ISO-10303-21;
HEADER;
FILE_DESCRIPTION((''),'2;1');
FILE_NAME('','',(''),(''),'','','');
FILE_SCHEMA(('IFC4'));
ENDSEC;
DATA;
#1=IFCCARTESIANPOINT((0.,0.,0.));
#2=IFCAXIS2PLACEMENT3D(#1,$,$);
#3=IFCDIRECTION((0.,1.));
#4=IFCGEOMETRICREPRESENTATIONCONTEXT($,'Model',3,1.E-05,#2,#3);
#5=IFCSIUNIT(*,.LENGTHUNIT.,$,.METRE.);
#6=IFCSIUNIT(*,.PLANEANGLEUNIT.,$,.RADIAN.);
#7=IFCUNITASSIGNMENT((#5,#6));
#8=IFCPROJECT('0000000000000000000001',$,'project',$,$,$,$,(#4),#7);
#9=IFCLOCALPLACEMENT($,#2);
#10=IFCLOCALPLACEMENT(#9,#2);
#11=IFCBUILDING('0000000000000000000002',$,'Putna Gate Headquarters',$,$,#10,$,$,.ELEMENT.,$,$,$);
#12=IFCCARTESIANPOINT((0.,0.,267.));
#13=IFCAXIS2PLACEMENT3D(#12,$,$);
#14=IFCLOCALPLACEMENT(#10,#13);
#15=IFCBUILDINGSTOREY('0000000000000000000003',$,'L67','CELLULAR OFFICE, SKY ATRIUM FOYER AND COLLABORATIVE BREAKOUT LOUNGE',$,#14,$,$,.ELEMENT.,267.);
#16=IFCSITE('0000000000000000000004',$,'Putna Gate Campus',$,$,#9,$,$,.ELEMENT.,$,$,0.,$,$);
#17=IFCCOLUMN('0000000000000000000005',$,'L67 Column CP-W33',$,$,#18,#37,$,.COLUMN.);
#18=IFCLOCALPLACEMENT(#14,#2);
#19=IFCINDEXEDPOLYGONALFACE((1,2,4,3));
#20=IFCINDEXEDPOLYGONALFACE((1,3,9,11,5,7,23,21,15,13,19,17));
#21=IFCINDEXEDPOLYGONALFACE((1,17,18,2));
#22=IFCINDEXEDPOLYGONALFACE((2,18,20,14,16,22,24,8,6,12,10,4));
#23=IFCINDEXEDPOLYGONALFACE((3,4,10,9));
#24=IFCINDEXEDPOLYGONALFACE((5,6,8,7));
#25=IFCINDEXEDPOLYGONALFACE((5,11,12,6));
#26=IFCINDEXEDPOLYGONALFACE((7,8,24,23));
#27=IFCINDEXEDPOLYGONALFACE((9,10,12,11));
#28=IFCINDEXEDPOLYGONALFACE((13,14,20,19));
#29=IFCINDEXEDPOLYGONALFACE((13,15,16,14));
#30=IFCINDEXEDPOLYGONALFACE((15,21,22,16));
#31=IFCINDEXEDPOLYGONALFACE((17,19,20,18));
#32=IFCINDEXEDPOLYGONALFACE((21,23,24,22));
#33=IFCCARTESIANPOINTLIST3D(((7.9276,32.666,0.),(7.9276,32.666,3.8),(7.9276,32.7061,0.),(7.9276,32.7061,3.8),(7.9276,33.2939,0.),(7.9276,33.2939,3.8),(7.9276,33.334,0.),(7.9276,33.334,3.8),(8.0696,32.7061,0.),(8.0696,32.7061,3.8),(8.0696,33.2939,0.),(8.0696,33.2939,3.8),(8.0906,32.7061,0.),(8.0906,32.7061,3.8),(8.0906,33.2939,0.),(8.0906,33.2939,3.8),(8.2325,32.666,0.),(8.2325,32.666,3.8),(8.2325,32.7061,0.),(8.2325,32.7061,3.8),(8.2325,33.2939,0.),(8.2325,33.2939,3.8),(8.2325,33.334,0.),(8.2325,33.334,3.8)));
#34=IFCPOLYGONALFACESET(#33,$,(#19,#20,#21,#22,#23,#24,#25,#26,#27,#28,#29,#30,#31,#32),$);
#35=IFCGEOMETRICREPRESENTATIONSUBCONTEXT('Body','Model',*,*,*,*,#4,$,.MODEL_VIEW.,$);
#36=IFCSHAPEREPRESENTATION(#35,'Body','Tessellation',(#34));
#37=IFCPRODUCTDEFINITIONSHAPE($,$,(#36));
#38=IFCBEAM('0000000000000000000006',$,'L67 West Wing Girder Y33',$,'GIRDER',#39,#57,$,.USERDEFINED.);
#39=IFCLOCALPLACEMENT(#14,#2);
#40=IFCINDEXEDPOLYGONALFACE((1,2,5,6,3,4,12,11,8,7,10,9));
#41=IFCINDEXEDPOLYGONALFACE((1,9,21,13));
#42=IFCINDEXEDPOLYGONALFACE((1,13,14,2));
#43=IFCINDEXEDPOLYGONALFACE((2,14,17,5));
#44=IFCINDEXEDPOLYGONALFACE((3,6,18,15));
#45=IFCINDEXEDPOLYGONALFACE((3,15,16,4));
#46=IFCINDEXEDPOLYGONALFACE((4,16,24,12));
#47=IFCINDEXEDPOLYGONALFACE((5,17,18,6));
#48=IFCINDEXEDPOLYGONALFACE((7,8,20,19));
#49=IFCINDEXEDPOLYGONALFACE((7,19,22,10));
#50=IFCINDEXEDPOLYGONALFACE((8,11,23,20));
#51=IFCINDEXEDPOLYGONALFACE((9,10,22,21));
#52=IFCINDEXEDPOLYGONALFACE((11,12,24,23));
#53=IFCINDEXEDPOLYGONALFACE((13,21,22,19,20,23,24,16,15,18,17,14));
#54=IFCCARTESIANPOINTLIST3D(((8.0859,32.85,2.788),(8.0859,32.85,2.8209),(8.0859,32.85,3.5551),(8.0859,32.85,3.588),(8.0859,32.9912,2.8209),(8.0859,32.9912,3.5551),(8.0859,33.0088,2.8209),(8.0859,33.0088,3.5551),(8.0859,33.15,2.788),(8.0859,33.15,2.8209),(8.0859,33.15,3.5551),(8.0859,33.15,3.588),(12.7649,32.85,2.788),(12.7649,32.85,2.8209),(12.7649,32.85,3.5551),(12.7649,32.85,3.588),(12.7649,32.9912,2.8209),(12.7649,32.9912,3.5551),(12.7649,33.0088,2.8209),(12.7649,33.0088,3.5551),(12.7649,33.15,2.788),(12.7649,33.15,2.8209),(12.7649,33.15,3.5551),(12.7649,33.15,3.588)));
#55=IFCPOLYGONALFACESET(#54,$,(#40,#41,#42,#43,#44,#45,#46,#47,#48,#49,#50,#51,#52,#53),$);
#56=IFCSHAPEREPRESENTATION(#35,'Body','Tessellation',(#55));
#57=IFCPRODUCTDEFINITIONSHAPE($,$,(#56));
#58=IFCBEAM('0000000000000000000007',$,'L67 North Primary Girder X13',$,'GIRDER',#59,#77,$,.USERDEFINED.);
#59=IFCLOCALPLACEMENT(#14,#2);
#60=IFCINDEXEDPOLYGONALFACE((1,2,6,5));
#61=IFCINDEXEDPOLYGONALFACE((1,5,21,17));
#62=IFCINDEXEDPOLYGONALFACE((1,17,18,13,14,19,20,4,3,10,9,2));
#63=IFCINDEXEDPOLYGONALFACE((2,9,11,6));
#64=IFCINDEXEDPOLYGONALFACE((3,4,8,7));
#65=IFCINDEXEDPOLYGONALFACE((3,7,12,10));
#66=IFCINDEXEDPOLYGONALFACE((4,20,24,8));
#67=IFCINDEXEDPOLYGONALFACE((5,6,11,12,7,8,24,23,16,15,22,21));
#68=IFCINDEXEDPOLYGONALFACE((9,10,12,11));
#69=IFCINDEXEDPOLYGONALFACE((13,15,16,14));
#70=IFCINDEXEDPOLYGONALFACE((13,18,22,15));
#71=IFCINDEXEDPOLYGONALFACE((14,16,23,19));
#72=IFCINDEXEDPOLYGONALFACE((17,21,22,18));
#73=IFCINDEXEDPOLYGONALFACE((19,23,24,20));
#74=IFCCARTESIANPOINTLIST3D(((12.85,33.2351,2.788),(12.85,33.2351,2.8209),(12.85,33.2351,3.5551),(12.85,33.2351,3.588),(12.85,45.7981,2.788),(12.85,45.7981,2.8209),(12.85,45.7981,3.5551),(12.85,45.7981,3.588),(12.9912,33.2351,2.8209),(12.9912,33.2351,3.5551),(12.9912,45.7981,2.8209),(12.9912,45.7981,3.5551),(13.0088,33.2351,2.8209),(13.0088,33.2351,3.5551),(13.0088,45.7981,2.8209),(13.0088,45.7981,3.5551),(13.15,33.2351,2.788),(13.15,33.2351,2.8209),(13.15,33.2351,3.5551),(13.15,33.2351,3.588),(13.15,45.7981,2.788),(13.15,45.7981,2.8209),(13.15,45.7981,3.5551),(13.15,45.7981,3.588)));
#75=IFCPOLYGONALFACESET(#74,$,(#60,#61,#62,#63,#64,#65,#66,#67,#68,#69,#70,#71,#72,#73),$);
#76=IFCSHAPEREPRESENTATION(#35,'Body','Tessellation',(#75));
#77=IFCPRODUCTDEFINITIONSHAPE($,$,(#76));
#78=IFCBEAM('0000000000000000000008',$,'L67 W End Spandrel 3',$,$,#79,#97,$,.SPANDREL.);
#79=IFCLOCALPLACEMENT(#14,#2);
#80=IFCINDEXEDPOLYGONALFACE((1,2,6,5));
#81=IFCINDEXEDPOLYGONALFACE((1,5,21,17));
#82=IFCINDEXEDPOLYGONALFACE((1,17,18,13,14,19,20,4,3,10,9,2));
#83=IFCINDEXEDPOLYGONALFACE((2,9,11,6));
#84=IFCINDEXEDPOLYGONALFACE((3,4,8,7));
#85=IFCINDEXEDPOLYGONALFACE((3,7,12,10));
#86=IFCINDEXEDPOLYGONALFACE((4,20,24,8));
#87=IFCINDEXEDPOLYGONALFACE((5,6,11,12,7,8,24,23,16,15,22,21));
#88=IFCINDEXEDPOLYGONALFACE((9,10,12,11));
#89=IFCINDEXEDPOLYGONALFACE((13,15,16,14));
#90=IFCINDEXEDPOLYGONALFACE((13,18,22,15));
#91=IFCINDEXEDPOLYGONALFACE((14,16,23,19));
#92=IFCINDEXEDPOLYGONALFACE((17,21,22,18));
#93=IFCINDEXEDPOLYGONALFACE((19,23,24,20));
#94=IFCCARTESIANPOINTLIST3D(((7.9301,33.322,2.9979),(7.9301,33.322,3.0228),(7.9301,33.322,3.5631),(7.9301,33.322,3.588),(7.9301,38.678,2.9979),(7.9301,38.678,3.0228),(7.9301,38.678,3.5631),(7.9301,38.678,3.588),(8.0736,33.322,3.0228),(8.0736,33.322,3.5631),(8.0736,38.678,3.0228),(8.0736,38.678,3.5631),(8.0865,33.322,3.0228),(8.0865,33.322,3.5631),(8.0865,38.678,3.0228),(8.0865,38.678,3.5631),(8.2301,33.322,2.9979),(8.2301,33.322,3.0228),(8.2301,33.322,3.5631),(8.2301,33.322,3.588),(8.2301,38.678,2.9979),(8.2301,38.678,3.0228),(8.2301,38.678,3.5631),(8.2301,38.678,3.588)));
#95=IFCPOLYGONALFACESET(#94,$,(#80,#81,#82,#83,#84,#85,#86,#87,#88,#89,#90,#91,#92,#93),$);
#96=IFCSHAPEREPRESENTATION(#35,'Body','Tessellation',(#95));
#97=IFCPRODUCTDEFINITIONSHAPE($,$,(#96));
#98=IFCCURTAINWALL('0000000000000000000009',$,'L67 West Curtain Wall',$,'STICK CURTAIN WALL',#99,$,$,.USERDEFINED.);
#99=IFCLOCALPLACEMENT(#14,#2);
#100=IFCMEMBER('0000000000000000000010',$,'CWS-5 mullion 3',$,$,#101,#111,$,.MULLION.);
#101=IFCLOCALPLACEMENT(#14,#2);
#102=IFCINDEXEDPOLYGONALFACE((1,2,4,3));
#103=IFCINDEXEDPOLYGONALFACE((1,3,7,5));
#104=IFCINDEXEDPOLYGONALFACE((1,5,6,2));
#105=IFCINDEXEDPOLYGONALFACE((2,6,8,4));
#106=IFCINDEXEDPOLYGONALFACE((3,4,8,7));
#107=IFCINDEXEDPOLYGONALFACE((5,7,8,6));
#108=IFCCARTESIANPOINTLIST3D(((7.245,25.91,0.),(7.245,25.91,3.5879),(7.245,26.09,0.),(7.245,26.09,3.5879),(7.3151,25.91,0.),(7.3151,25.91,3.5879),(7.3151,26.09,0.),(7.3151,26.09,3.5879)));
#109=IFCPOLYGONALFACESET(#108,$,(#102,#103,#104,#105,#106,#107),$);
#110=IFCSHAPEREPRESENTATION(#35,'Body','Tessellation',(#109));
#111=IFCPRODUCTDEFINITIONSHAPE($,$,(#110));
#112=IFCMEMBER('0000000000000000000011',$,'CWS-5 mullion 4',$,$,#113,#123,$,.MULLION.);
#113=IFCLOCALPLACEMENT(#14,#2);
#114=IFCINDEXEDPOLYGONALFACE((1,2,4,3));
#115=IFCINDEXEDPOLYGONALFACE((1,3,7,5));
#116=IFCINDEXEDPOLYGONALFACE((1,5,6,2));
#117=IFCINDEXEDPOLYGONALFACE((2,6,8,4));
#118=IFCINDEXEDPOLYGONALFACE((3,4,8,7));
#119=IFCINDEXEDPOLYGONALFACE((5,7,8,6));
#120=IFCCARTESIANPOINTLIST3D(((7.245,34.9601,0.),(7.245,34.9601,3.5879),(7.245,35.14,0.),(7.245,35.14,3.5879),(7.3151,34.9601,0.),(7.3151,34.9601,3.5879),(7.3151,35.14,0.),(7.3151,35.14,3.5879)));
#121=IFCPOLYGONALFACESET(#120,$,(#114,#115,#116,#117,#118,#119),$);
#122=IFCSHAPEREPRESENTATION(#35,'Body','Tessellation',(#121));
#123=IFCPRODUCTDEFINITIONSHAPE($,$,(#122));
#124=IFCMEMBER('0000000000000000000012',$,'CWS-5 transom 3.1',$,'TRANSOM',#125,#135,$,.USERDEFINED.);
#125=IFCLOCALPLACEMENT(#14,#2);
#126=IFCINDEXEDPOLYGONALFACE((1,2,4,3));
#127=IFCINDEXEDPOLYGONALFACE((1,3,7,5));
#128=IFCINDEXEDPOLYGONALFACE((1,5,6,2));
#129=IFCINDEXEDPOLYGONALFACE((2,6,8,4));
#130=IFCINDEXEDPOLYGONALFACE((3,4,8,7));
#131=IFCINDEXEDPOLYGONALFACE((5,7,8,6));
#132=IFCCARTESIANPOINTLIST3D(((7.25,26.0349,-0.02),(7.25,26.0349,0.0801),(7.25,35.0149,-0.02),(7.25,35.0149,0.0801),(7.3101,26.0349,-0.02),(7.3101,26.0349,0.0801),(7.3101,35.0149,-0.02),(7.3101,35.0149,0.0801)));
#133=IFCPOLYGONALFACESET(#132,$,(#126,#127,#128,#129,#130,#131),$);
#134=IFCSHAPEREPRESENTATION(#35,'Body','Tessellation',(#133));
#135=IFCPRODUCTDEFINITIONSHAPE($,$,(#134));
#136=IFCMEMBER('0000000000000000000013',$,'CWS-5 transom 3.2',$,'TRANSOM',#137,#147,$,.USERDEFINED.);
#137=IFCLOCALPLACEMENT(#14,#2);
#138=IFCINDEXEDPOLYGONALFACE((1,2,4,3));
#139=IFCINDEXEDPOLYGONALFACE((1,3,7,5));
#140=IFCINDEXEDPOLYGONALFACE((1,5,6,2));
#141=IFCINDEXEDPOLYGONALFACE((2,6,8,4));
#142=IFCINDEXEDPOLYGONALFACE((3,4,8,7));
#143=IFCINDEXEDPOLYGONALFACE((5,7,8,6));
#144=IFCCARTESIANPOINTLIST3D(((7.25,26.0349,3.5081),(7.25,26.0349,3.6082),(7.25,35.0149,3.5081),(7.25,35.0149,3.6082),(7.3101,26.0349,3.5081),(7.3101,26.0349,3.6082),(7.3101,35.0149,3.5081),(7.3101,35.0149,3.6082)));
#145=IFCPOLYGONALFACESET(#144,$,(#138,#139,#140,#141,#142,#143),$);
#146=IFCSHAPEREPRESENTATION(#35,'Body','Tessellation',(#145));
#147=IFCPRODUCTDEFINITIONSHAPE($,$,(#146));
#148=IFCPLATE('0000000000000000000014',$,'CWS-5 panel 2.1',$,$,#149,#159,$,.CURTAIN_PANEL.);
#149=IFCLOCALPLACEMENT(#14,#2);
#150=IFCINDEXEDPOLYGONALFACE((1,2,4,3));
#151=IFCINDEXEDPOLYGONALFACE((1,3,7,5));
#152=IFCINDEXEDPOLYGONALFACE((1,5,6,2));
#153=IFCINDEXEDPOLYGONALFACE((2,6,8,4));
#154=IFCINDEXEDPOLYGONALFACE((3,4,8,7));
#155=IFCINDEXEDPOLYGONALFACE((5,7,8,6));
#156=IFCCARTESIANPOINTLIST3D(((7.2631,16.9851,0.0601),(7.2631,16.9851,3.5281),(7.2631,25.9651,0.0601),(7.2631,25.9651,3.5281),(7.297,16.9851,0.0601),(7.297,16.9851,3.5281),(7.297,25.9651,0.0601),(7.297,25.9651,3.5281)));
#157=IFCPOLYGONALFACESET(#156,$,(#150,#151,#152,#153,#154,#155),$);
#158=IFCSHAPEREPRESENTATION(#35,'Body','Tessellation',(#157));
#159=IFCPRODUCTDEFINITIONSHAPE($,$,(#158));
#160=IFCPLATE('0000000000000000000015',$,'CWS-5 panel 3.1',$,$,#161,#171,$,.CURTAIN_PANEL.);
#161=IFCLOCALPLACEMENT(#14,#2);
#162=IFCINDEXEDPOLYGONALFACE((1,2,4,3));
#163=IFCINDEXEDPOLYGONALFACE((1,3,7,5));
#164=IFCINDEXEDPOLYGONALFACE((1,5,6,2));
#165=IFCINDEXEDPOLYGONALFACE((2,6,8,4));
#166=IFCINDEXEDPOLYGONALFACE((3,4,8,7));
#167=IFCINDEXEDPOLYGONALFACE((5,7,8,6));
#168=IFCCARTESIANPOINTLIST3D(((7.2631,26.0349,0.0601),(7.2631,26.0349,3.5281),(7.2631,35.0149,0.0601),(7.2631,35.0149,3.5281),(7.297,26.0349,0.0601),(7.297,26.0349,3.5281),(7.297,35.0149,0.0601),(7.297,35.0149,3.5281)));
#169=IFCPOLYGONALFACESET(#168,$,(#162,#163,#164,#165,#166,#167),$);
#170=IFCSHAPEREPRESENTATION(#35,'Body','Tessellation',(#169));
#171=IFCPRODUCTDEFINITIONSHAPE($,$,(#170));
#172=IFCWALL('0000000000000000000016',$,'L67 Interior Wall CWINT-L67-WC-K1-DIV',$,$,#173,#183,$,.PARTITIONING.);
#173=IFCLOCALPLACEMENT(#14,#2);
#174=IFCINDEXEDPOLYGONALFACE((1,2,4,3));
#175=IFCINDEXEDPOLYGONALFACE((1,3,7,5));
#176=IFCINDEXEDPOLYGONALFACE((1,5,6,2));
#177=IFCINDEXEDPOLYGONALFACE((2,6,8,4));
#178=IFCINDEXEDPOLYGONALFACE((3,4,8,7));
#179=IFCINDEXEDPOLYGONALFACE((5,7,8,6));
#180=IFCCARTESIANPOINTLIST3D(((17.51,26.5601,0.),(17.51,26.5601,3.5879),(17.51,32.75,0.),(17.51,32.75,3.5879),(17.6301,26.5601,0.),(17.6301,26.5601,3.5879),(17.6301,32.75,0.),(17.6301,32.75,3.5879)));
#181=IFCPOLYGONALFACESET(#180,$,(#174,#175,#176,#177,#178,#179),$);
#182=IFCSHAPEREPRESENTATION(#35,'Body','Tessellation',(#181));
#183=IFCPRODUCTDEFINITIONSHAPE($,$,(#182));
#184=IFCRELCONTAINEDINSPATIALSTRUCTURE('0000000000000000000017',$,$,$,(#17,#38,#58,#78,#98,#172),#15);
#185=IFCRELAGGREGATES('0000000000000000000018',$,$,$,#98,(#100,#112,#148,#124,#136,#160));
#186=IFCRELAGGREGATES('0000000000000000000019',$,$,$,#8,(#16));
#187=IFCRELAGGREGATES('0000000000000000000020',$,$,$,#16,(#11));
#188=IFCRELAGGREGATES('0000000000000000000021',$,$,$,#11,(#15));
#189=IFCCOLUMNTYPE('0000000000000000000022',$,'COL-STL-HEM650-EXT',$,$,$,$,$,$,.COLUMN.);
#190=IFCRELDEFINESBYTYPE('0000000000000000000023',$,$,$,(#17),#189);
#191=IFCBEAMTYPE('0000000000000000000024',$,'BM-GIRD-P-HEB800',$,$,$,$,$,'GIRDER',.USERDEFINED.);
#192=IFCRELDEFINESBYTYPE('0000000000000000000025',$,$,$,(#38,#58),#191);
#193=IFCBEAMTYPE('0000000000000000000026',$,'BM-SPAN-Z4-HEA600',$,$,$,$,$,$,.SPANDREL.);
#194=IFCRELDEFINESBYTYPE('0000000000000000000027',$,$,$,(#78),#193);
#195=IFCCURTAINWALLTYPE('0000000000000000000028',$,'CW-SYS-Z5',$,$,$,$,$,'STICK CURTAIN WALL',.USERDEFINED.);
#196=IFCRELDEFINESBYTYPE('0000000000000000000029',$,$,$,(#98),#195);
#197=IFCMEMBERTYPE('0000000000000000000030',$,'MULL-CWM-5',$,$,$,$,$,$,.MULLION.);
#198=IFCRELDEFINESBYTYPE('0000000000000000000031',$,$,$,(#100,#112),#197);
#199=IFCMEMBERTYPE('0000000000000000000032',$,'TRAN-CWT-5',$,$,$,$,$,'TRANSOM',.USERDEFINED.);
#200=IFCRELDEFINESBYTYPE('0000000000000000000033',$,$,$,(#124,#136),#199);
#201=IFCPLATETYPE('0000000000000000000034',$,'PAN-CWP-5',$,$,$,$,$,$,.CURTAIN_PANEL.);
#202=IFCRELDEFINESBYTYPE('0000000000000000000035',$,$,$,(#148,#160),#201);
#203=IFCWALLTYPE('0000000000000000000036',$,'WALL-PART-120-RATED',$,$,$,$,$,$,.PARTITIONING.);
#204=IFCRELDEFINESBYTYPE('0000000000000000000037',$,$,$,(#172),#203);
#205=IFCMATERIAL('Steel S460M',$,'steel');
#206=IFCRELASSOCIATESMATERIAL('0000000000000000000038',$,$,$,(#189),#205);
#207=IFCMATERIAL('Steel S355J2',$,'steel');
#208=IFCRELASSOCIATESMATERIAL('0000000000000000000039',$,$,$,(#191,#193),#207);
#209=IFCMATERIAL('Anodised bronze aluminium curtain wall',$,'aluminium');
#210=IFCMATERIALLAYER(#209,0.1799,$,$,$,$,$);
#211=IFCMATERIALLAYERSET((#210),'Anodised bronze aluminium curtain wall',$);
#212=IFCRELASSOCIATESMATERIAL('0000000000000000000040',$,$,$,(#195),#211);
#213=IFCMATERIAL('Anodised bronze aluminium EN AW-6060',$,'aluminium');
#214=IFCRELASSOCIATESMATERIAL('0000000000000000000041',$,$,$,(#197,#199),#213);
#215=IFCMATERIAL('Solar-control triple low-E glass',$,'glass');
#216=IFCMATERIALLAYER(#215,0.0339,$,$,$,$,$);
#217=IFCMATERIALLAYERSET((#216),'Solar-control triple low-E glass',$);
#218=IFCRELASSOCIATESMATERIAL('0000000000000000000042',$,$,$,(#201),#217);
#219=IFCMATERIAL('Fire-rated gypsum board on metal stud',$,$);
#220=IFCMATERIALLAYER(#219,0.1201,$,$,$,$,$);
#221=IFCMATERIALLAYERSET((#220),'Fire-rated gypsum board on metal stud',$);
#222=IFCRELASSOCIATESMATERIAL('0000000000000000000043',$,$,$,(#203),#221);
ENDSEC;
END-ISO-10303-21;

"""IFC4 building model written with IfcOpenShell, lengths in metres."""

from ifc_helpers import new_model, si_unit, direction, frame, frame_2d, origin, origin_2d, place, context, subcontext, project, spatial, rectangle, i_section, extrude, material, layer, layer_set, material_profile, profile_set, type_object, element, aggregate, save


model = new_model("IFC4")

# Units and contexts
model_context = context("Model", 3, precision=1e-05, world=origin(), true_north=direction((0.0, 1.0)))
body_context = subcontext(model_context, "Body", "Model", "MODEL_VIEW")
ifc_project = project(units=[si_unit("LENGTHUNIT", "METRE"), si_unit("PLANEANGLEUNIT", "RADIAN")], contexts=[model_context])

# Site, building, storey
site_placement = place(None, origin())
site = spatial("IfcSite", under=ifc_project, at=site_placement, Name="Putna Gate Campus", CompositionType="ELEMENT", RefElevation=0.0)
building_placement = place(site_placement, origin())
building = spatial("IfcBuilding", under=site, at=building_placement, Name="Putna Gate Headquarters", CompositionType="ELEMENT")
storey_placement = place(building_placement, frame((0.0, 0.0, 267.0)))
storey = spatial("IfcBuildingStorey", under=building, at=storey_placement, Name="L67", Description="CELLULAR OFFICE, SKY ATRIUM FOYER AND COLLABORATIVE BREAKOUT LOUNGE", CompositionType="ELEMENT", Elevation=267.0)

# Column
ifc_material_1 = material(Name="Steel S460M", Category="steel")
ifc_material_profile_1 = material_profile(ifc_material_1, i_section(OverallWidth=0.3049, OverallDepth=0.668, WebThickness=0.021, FlangeThickness=0.04, at=origin_2d()), Name="Steel S460M")
ifc_profile_set_1 = profile_set([ifc_material_profile_1], Name="Steel S460M")
column_type = type_object("IfcColumnType", Name="COL-STL-HEM650-EXT", PredefinedType="COLUMN", material=ifc_profile_set_1)
column_placement = place(storey_placement, frame((8.0801, 33.0, 0.0), z_axis=(0.0, 0.0, 1.0), x_axis=(1.0, 0.0, 0.0)))
element("IfcColumn", 1, at=column_placement, inside=storey, type_object=column_type, Name="L67 Column CP-W33", PredefinedType="COLUMN", context=body_context, shape_type="SweptSolid", body=[
    extrude(i_section(OverallWidth=0.3049, OverallDepth=0.668, WebThickness=0.021, FlangeThickness=0.04, at=origin_2d()), origin(), (0.0, 0.0, 1.0), 3.8),
])

# Beams
ifc_material_2 = material(Name="Steel S355J2", Category="steel")
ifc_material_profile_2 = material_profile(ifc_material_2, i_section(OverallWidth=0.3, OverallDepth=0.8, WebThickness=0.0176, FlangeThickness=0.033, at=origin_2d()), Name="Steel S355J2")
ifc_profile_set_2 = profile_set([ifc_material_profile_2], Name="Steel S355J2")
beam_type_1 = type_object("IfcBeamType", Name="BM-GIRD-P-HEB800", ElementType="GIRDER", PredefinedType="USERDEFINED", material=ifc_profile_set_2)
beam_1_placement = place(storey_placement, frame((8.0859, 33.0, 3.188), z_axis=(1.0, 0.0, 0.0), x_axis=(0.0, 1.0, 0.0)))
element("IfcBeam", 2, at=beam_1_placement, inside=storey, type_object=beam_type_1, Name="L67 West Wing Girder Y33", ObjectType="GIRDER", PredefinedType="USERDEFINED", context=body_context, shape_type="SweptSolid", body=[
    extrude(i_section(OverallWidth=0.3, OverallDepth=0.8, WebThickness=0.0176, FlangeThickness=0.033, at=origin_2d()), origin(), (0.0, 0.0, 1.0), 4.679),
])
beam_2_placement = place(storey_placement, frame((13.0, 33.2351, 3.188), z_axis=(0.0, 1.0, 0.0), x_axis=(-1.0, 0.0, 0.0)))
element("IfcBeam", 3, at=beam_2_placement, inside=storey, type_object=beam_type_1, Name="L67 North Primary Girder X13", ObjectType="GIRDER", PredefinedType="USERDEFINED", context=body_context, shape_type="SweptSolid", body=[
    extrude(i_section(OverallWidth=0.3, OverallDepth=0.8, WebThickness=0.0176, FlangeThickness=0.033, at=origin_2d()), origin(), (0.0, 0.0, 1.0), 12.563),
])
ifc_material_profile_3 = material_profile(ifc_material_2, i_section(OverallWidth=0.3, OverallDepth=0.5901, WebThickness=0.0129, FlangeThickness=0.0249, at=origin_2d()), Name="Steel S355J2")
ifc_profile_set_3 = profile_set([ifc_material_profile_3], Name="Steel S355J2")
beam_type_2 = type_object("IfcBeamType", Name="BM-SPAN-Z4-HEA600", PredefinedType="SPANDREL", material=ifc_profile_set_3)
beam_3_placement = place(storey_placement, frame((8.0801, 33.322, 3.293), z_axis=(0.0, 1.0, 0.0), x_axis=(-1.0, 0.0, 0.0)))
element("IfcBeam", 4, at=beam_3_placement, inside=storey, type_object=beam_type_2, Name="L67 W End Spandrel 3", PredefinedType="SPANDREL", context=body_context, shape_type="SweptSolid", body=[
    extrude(i_section(OverallWidth=0.3, OverallDepth=0.5901, WebThickness=0.0129, FlangeThickness=0.0249, at=origin_2d()), origin(), (0.0, 0.0, 1.0), 5.356),
])

# Curtain wall, members, plates
ifc_material_3 = material(Name="Anodised bronze aluminium curtain wall", Category="aluminium")
ifc_layer_1 = layer(ifc_material_3, 0.1799)
ifc_layer_set_1 = layer_set([ifc_layer_1], Name="Anodised bronze aluminium curtain wall")
curtain_wall_type = type_object("IfcCurtainWallType", Name="CW-SYS-Z5", ElementType="STICK CURTAIN WALL", PredefinedType="USERDEFINED", material=ifc_layer_set_1)
curtain_wall_placement = place(storey_placement, origin())
curtain_wall = element("IfcCurtainWall", 5, at=curtain_wall_placement, inside=storey, type_object=curtain_wall_type, Name="L67 West Curtain Wall", ObjectType="STICK CURTAIN WALL", PredefinedType="USERDEFINED")
ifc_material_4 = material(Name="Anodised bronze aluminium EN AW-6060", Category="aluminium")
ifc_material_profile_4 = material_profile(ifc_material_4, rectangle(XDim=0.0701, YDim=0.1799, at=origin_2d()), Name="Anodised bronze aluminium EN AW-6060")
ifc_profile_set_4 = profile_set([ifc_material_profile_4], Name="Anodised bronze aluminium EN AW-6060")
member_type_1 = type_object("IfcMemberType", Name="MULL-CWM-5", PredefinedType="MULLION", material=ifc_profile_set_4)
member_1_placement = place(storey_placement, frame((7.28, 26.0, 0.0), z_axis=(0.0, 0.0, 1.0), x_axis=(-1.0, 0.0, 0.0)))
member_1 = element("IfcMember", 6, at=member_1_placement, type_object=member_type_1, Name="CWS-5 mullion 3", PredefinedType="MULLION", context=body_context, shape_type="SweptSolid", body=[
    extrude(rectangle(XDim=0.0701, YDim=0.1799, at=origin_2d()), origin(), (0.0, 0.0, 1.0), 3.5879),
])
member_2_placement = place(storey_placement, frame((7.28, 35.05, 0.0), z_axis=(0.0, 0.0, 1.0), x_axis=(-1.0, 0.0, 0.0)))
member_2 = element("IfcMember", 7, at=member_2_placement, type_object=member_type_1, Name="CWS-5 mullion 4", PredefinedType="MULLION", context=body_context, shape_type="SweptSolid", body=[
    extrude(rectangle(XDim=0.0701, YDim=0.1799, at=origin_2d()), origin(), (0.0, 0.0, 1.0), 3.5879),
])
ifc_material_profile_5 = material_profile(ifc_material_4, rectangle(XDim=0.0601, YDim=0.1001, at=origin_2d()), Name="Anodised bronze aluminium EN AW-6060")
ifc_profile_set_5 = profile_set([ifc_material_profile_5], Name="Anodised bronze aluminium EN AW-6060")
member_type_2 = type_object("IfcMemberType", Name="TRAN-CWT-5", ElementType="TRANSOM", PredefinedType="USERDEFINED", material=ifc_profile_set_5)
member_3_placement = place(storey_placement, frame((7.28, 26.0349, 0.03), z_axis=(0.0, 1.0, 0.0), x_axis=(-1.0, 0.0, 0.0)))
member_3 = element("IfcMember", 8, at=member_3_placement, type_object=member_type_2, Name="CWS-5 transom 3.1", ObjectType="TRANSOM", PredefinedType="USERDEFINED", context=body_context, shape_type="SweptSolid", body=[
    extrude(rectangle(XDim=0.0601, YDim=0.1001, at=origin_2d()), origin(), (0.0, 0.0, 1.0), 8.98),
])
member_4_placement = place(storey_placement, frame((7.28, 26.0349, 3.5581), z_axis=(0.0, 1.0, 0.0), x_axis=(-1.0, 0.0, 0.0)))
member_4 = element("IfcMember", 9, at=member_4_placement, type_object=member_type_2, Name="CWS-5 transom 3.2", ObjectType="TRANSOM", PredefinedType="USERDEFINED", context=body_context, shape_type="SweptSolid", body=[
    extrude(rectangle(XDim=0.0601, YDim=0.1001, at=origin_2d()), origin(), (0.0, 0.0, 1.0), 8.98),
])
ifc_material_5 = material(Name="Solar-control triple low-E glass", Category="glass")
ifc_layer_2 = layer(ifc_material_5, 0.0339)
ifc_layer_set_2 = layer_set([ifc_layer_2], Name="Solar-control triple low-E glass")
plate_type = type_object("IfcPlateType", Name="PAN-CWP-5", PredefinedType="CURTAIN_PANEL", material=ifc_layer_set_2)
plate_1_placement = place(storey_placement, frame((7.28, 21.4751, 0.0601), z_axis=(0.0, 0.0, 1.0), x_axis=(0.0, 1.0, 0.0)))
plate_1 = element("IfcPlate", 10, at=plate_1_placement, type_object=plate_type, Name="CWS-5 panel 2.1", PredefinedType="CURTAIN_PANEL", context=body_context, shape_type="SweptSolid", body=[
    extrude(rectangle(XDim=8.98, YDim=0.0339, at=origin_2d()), origin(), (0.0, 0.0, 1.0), 3.468),
])
plate_2_placement = place(storey_placement, frame((7.28, 30.5249, 0.0601), z_axis=(0.0, 0.0, 1.0), x_axis=(0.0, 1.0, 0.0)))
plate_2 = element("IfcPlate", 11, at=plate_2_placement, type_object=plate_type, Name="CWS-5 panel 3.1", PredefinedType="CURTAIN_PANEL", context=body_context, shape_type="SweptSolid", body=[
    extrude(rectangle(XDim=8.98, YDim=0.0339, at=origin_2d()), origin(), (0.0, 0.0, 1.0), 3.468),
])
aggregate(curtain_wall, [member_1, member_2, plate_1, member_3, member_4, plate_2])

# Wall
ifc_material_6 = material(Name="Fire-rated gypsum board on metal stud")
ifc_layer_3 = layer(ifc_material_6, 0.1201)
ifc_layer_set_3 = layer_set([ifc_layer_3], Name="Fire-rated gypsum board on metal stud")
wall_type_1 = type_object("IfcWallType", Name="WALL-PART-120-RATED", PredefinedType="PARTITIONING", material=ifc_layer_set_3)
wall_1_placement = place(storey_placement, frame((17.5701, 26.5601, 0.0), z_axis=(0.0, 0.0, 1.0), x_axis=(0.0, 1.0, 0.0)))
element("IfcWall", 12, at=wall_1_placement, inside=storey, type_object=wall_type_1, Name="L67 Interior Wall CWINT-L67-WC-K1-DIV", PredefinedType="PARTITIONING", context=body_context, shape_type="SweptSolid", body=[
    extrude(rectangle(XDim=6.1899, YDim=0.1201, at=frame_2d((3.095, 0.0))), origin(), (0.0, 0.0, 1.0), 3.5879),
])

save(model, "model.ifc")
